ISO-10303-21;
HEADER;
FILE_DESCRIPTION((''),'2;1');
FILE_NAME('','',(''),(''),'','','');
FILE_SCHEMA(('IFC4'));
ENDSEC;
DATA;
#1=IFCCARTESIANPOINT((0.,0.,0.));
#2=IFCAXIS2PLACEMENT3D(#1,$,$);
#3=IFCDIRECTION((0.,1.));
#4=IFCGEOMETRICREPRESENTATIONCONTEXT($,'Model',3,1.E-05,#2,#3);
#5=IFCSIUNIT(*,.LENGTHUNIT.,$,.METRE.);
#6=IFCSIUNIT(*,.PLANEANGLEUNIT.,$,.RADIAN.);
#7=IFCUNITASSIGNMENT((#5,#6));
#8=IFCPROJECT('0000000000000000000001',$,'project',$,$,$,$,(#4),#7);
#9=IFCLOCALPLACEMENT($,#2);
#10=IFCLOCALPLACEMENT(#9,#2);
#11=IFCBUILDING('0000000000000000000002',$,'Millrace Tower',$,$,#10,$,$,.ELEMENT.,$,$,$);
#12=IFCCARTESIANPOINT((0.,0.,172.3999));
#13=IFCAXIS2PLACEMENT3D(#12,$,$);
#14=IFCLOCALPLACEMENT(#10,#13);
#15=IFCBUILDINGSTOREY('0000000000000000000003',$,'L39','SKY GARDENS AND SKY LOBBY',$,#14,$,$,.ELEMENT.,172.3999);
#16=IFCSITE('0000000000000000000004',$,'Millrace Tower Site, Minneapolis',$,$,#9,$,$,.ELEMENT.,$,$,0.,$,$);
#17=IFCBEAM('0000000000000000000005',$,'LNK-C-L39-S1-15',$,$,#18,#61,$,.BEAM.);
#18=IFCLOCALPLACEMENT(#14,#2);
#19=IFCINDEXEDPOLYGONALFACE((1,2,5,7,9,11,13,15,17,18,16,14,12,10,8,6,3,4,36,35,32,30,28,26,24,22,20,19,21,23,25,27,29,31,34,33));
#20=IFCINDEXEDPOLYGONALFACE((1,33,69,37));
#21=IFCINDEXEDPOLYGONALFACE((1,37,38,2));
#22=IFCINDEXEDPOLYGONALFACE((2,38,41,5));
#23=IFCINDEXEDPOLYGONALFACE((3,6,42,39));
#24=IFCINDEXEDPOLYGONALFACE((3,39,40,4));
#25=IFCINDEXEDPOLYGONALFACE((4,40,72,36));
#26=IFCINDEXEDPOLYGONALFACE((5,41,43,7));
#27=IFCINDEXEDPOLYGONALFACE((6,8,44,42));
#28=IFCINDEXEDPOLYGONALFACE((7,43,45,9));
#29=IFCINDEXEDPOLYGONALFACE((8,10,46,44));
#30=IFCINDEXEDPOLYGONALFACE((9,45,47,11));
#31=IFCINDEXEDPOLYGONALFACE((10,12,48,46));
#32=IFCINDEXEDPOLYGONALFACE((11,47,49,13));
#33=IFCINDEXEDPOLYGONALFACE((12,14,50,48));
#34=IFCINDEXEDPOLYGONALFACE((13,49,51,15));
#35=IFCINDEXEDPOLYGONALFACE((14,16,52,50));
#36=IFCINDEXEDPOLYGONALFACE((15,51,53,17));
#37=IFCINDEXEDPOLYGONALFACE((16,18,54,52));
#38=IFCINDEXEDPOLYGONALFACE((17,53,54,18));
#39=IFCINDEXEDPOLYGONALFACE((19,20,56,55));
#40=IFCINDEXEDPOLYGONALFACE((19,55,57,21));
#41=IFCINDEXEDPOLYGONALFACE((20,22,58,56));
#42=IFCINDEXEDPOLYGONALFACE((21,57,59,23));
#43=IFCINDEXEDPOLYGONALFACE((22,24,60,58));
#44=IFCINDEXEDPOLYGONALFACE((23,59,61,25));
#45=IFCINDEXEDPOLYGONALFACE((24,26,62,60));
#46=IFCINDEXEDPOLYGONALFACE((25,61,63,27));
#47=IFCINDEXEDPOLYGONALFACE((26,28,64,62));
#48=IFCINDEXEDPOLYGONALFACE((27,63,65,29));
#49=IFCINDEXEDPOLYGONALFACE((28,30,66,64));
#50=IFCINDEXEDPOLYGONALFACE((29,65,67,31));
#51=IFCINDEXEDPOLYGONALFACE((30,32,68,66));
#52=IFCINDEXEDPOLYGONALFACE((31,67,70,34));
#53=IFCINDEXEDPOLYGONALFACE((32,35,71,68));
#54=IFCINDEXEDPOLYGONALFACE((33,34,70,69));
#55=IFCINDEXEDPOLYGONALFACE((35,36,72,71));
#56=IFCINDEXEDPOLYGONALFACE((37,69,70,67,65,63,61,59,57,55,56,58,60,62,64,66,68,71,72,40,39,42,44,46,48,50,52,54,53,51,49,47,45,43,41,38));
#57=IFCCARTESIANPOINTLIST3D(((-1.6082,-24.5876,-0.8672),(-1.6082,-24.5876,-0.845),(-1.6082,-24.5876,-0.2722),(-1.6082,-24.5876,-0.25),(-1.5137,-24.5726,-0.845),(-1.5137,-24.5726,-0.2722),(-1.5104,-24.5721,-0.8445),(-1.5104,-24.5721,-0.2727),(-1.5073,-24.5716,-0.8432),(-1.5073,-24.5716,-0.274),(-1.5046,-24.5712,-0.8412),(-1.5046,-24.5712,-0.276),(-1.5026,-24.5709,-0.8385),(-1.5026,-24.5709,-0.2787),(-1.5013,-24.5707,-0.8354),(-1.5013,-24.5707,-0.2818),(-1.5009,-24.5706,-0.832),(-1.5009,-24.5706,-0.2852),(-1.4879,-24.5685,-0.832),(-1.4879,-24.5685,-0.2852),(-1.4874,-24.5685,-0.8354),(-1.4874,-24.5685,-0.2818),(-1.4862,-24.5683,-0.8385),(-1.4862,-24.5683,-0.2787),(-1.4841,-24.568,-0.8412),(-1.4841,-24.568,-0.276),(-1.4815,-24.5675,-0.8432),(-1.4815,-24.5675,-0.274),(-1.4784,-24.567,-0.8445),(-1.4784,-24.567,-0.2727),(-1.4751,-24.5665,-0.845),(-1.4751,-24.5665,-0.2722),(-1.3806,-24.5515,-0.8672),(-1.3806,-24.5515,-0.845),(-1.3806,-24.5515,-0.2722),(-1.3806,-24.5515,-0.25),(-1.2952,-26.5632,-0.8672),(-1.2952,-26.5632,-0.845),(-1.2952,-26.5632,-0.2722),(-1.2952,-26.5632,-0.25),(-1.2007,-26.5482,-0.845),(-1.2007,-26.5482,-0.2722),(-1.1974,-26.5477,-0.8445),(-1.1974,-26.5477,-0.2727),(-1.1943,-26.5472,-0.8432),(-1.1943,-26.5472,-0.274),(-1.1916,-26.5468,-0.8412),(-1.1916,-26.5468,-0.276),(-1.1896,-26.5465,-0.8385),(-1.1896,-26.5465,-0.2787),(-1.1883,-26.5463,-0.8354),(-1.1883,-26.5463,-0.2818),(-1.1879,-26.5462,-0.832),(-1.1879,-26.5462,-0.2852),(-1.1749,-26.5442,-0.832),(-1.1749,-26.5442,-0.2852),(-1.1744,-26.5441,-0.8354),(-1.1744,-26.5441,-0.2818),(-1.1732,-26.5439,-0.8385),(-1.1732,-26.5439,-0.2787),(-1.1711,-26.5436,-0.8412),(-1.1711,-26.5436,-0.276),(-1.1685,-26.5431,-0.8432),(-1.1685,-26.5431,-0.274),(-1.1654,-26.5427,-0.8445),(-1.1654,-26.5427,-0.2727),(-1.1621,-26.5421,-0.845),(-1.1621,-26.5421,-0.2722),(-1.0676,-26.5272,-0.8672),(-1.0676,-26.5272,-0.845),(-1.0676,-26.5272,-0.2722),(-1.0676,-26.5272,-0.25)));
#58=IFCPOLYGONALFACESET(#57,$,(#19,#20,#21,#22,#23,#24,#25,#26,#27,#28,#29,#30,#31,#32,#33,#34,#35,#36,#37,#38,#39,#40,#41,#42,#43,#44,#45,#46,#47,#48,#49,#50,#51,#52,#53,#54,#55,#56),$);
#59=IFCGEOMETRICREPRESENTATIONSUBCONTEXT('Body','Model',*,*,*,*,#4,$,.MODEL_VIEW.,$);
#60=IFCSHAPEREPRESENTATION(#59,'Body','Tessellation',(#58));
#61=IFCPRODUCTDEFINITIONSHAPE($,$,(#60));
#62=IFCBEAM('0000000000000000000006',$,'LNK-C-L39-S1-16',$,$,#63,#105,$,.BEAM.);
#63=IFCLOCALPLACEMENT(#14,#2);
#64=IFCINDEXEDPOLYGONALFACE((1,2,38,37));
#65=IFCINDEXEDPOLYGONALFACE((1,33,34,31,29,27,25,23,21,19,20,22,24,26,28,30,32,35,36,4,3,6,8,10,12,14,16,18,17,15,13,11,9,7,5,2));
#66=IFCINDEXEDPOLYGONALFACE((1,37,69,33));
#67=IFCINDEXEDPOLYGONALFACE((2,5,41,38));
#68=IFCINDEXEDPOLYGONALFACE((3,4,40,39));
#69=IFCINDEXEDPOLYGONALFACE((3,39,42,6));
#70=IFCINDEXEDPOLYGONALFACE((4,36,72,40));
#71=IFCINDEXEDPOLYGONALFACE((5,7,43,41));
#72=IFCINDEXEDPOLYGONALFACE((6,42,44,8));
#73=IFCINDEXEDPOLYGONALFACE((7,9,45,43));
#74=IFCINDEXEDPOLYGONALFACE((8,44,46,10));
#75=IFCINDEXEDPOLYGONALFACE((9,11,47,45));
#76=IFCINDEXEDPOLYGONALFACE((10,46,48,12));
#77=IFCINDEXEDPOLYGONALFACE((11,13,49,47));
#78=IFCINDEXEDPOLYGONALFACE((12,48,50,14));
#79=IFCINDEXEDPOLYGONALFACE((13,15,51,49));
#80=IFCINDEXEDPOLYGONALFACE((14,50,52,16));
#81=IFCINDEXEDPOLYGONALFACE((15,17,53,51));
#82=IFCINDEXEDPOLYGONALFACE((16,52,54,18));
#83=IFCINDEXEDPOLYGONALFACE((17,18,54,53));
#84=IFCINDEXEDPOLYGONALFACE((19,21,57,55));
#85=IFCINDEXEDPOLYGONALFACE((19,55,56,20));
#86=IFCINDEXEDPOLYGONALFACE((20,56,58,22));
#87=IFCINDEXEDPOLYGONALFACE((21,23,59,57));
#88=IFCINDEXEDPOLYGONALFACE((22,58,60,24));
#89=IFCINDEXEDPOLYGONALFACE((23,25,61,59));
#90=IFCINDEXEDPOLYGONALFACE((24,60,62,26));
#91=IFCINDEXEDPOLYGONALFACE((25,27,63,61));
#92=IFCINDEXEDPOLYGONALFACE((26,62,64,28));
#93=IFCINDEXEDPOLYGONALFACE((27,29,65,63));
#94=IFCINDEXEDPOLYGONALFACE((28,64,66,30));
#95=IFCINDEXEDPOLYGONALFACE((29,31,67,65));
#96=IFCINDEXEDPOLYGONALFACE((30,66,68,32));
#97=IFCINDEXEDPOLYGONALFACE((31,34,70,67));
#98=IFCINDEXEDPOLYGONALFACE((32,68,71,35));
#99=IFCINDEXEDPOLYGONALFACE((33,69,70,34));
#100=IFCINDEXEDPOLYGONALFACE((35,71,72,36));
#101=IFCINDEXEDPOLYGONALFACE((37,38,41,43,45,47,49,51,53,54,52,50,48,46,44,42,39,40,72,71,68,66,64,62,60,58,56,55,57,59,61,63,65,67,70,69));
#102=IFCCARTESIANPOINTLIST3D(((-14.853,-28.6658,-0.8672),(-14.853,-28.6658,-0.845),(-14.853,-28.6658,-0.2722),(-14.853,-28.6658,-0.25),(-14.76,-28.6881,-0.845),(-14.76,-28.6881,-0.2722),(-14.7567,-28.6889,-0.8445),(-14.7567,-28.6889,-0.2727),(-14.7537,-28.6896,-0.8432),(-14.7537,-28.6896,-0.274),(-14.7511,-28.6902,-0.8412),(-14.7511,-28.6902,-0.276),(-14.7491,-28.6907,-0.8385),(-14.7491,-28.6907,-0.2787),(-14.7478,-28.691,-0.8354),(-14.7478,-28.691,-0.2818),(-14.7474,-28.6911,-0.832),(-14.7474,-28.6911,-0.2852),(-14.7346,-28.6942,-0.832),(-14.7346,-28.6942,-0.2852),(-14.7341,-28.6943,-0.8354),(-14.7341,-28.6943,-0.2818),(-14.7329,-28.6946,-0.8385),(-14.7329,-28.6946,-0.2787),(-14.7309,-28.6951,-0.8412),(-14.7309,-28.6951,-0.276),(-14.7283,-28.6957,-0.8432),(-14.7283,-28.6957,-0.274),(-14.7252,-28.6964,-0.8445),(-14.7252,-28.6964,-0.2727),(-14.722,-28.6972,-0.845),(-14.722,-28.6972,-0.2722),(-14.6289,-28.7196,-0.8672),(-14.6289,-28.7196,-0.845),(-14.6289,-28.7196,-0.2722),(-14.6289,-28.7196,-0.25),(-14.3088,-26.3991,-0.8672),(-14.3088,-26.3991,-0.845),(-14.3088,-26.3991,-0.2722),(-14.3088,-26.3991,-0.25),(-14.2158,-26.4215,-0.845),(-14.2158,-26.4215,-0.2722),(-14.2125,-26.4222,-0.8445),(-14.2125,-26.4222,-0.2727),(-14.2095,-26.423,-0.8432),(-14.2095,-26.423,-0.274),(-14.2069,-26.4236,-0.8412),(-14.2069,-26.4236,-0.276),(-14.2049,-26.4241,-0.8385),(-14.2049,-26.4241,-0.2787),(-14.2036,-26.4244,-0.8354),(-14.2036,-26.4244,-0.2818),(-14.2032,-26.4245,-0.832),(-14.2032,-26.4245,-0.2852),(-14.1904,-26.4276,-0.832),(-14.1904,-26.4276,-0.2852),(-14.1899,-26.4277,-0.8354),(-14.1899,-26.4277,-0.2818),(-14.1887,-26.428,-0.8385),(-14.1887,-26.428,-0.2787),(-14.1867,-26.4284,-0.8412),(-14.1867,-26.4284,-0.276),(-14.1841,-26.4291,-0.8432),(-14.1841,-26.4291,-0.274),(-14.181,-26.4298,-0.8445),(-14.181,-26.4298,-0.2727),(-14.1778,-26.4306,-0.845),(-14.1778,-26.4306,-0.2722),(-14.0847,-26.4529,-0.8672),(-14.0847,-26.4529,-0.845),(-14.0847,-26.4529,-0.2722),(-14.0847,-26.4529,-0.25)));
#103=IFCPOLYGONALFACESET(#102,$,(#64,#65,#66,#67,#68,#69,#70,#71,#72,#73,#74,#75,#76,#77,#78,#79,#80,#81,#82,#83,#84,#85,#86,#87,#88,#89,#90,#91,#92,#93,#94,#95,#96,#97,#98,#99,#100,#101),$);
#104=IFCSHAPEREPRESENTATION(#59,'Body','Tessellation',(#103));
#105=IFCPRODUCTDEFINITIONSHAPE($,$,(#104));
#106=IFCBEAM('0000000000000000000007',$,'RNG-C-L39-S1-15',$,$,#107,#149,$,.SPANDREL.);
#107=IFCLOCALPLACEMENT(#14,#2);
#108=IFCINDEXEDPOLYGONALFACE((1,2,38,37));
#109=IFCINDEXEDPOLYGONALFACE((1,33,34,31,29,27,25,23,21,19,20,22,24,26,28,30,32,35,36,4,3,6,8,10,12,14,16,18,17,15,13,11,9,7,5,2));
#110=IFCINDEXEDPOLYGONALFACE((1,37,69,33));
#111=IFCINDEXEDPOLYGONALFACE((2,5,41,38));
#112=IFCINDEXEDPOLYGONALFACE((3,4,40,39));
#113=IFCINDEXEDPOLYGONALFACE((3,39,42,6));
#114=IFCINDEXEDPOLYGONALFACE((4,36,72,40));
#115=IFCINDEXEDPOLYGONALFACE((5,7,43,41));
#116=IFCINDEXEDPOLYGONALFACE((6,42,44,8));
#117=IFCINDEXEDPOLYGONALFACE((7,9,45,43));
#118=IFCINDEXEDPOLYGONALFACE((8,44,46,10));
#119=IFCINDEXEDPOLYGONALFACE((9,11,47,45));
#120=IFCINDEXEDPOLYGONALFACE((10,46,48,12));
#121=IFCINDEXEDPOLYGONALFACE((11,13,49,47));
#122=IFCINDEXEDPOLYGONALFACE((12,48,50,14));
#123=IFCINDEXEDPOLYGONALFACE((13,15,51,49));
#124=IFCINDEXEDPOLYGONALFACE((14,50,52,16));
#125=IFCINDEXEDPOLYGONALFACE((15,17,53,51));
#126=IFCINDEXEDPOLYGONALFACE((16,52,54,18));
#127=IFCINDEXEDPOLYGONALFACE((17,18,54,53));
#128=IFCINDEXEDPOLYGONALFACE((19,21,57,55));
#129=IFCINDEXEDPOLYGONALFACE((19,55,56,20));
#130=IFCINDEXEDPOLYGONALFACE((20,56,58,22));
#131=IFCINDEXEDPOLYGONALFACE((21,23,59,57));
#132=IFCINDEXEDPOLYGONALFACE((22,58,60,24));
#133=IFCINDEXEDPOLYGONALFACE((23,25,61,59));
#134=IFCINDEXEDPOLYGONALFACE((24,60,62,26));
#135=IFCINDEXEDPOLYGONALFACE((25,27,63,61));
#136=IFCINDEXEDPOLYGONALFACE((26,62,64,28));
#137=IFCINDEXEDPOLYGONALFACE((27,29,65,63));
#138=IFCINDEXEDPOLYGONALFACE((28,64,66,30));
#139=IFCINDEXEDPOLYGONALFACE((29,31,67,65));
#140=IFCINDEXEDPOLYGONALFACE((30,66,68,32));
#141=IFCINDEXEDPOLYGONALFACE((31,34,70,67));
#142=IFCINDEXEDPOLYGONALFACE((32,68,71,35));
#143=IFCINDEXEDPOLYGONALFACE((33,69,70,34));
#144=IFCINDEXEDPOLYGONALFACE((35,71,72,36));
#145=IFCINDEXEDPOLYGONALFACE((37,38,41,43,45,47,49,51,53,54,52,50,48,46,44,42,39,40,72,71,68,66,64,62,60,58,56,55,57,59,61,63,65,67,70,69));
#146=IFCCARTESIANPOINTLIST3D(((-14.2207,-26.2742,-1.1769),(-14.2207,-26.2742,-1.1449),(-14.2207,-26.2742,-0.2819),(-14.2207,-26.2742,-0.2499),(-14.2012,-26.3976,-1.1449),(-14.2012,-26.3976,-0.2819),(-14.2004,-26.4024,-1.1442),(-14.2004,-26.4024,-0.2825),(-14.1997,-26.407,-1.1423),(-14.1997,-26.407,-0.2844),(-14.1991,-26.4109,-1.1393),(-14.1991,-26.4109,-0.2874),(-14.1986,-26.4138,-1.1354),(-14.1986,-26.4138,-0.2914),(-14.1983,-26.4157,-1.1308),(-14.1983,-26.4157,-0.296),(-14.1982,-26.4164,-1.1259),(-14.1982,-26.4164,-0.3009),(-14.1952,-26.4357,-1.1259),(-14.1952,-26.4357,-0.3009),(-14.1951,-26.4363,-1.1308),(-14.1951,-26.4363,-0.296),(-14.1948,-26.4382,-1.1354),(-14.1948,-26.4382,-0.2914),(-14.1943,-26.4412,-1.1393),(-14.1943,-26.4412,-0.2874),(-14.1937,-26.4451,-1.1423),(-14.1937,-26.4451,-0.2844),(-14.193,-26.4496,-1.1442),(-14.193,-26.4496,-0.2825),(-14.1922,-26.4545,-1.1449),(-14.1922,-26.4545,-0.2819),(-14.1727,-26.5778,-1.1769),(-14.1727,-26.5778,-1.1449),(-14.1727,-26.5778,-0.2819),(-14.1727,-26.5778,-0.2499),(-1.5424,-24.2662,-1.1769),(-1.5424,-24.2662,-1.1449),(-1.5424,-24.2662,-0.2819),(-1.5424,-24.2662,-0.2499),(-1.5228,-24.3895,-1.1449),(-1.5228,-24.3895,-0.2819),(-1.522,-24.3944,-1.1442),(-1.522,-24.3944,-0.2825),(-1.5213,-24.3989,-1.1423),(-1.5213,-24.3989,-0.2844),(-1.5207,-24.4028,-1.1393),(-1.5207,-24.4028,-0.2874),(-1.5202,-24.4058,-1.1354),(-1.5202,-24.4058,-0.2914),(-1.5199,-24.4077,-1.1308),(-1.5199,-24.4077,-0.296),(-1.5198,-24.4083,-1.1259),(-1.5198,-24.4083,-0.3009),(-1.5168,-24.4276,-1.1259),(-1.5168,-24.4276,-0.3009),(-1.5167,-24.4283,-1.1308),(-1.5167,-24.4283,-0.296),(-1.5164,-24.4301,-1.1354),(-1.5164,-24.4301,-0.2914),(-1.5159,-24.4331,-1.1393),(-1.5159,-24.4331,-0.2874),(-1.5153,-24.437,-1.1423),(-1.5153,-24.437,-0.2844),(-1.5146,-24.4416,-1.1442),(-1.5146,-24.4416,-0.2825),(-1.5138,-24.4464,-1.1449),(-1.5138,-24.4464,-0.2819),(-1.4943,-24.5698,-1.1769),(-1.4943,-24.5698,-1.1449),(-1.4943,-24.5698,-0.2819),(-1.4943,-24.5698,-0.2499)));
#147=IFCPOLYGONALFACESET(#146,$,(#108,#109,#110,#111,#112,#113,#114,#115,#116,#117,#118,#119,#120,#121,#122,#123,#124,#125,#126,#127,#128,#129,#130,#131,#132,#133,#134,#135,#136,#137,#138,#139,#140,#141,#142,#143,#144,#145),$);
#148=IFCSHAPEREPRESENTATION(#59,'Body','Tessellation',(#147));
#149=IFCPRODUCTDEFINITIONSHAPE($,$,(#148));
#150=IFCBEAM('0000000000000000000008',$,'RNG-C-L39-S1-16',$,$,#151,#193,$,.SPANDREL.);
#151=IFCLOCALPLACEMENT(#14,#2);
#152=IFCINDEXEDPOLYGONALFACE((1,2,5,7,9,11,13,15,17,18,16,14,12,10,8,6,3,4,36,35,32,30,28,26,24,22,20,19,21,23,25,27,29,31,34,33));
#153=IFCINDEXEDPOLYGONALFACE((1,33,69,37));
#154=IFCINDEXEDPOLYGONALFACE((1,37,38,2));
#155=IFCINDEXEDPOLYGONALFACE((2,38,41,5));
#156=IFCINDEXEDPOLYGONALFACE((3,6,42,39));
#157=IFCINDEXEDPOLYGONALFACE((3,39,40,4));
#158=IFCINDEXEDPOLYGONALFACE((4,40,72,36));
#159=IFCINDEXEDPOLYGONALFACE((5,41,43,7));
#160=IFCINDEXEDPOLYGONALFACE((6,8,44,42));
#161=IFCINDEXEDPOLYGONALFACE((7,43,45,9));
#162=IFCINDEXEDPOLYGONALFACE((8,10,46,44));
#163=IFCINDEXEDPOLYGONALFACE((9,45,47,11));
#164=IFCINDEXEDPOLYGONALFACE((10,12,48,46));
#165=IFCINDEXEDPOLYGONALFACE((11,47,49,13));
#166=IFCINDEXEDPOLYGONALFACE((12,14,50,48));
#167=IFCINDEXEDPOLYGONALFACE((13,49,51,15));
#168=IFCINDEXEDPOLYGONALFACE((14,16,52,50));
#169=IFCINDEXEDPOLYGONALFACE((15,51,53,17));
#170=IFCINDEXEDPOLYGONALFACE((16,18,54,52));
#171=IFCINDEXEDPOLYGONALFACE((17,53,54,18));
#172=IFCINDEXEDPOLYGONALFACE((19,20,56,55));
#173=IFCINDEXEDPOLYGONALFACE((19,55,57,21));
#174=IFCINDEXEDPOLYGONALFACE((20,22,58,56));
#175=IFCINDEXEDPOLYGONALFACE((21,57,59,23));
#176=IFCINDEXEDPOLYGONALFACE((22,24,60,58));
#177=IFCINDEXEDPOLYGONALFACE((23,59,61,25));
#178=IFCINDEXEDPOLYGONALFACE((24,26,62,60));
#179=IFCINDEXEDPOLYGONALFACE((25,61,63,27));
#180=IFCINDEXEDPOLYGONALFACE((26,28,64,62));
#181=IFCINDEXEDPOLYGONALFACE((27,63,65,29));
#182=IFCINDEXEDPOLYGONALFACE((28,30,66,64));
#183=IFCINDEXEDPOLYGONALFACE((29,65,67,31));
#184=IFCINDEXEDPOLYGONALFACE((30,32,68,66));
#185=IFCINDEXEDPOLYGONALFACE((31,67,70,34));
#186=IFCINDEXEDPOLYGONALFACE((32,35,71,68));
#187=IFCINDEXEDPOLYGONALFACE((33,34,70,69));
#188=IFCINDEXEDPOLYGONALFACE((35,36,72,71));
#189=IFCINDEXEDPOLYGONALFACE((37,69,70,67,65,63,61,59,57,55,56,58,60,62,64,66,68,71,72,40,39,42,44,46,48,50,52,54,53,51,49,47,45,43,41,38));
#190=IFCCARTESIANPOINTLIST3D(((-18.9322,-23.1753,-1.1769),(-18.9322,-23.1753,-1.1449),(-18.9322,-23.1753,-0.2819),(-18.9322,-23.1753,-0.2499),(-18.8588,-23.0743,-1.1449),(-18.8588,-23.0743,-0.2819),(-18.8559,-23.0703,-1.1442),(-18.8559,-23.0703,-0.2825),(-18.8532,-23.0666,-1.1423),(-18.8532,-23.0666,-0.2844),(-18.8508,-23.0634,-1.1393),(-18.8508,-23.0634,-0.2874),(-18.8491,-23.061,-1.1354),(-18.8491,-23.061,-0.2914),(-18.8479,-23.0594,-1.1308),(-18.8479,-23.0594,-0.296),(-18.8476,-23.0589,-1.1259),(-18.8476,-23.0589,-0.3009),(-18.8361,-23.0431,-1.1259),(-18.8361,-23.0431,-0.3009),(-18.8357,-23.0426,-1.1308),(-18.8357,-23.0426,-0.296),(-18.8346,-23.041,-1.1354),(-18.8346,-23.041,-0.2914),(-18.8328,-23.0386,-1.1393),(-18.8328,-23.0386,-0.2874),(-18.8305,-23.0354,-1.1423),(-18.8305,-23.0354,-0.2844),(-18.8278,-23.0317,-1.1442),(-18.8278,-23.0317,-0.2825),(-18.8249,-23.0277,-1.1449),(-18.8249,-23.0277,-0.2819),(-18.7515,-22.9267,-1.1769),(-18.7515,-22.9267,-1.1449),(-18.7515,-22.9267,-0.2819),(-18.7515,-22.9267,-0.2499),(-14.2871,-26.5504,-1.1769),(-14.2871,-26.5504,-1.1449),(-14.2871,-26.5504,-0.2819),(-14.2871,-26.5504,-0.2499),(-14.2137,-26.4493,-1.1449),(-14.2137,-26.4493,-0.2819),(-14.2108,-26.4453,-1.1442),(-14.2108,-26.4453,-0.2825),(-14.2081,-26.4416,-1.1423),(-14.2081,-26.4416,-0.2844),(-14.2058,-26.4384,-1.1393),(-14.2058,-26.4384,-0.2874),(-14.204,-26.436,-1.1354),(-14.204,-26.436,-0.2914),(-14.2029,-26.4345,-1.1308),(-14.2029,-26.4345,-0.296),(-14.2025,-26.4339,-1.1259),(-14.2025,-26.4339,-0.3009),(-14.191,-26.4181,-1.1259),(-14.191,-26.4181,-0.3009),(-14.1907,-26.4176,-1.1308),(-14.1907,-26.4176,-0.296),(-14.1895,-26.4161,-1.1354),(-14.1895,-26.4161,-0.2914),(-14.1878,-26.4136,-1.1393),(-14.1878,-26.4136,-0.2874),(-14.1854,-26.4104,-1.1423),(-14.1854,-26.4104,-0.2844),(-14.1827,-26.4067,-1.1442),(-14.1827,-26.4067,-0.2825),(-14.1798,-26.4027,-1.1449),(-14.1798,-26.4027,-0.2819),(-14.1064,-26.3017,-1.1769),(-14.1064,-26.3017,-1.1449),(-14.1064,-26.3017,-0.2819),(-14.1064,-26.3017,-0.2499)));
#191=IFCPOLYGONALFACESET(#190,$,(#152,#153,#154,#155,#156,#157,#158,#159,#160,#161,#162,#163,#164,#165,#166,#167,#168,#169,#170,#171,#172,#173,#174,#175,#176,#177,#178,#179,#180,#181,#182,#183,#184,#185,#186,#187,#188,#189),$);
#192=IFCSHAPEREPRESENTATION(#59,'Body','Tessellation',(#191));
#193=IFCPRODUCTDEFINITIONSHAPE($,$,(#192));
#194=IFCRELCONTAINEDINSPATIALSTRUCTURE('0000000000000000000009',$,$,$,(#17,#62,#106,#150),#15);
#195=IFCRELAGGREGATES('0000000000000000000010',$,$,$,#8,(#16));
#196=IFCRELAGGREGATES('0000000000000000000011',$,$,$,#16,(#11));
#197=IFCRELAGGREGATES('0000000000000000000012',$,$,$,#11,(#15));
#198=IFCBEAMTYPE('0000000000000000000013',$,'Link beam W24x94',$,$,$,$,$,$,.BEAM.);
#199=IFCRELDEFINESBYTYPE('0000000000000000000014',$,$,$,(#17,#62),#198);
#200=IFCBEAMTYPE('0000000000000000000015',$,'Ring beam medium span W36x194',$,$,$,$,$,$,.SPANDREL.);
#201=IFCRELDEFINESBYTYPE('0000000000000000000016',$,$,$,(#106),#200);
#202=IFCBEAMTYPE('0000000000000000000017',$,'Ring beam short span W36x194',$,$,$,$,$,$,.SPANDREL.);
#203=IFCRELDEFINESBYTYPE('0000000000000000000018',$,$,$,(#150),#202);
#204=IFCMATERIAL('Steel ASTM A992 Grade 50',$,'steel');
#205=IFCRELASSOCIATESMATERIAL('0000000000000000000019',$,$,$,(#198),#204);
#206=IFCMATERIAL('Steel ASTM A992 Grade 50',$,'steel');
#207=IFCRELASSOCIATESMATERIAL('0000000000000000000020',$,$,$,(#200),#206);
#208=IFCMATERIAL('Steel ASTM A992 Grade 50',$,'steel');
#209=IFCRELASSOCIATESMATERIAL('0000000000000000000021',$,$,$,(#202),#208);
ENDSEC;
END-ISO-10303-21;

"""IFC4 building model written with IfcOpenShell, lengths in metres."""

from ifc_helpers import new_model, si_unit, direction, frame, origin, origin_2d, place, context, subcontext, project, spatial, i_section, extrude, material, material_profile, profile_set, type_object, element, save


model = new_model("IFC4")

# Units and contexts
model_context = context("Model", 3, precision=1e-05, world=origin(), true_north=direction((0.0, 1.0)))
body_context = subcontext(model_context, "Body", "Model", "MODEL_VIEW")
ifc_project = project(units=[si_unit("LENGTHUNIT", "METRE"), si_unit("PLANEANGLEUNIT", "RADIAN")], contexts=[model_context])

# Site, building, storey
site_placement = place(None, origin())
site = spatial("IfcSite", under=ifc_project, at=site_placement, Name="Millrace Tower Site, Minneapolis", CompositionType="ELEMENT", RefElevation=0.0)
building_placement = place(site_placement, origin())
building = spatial("IfcBuilding", under=site, at=building_placement, Name="Millrace Tower", CompositionType="ELEMENT")
storey_placement = place(building_placement, frame((0.0, 0.0, 172.3999)))
storey = spatial("IfcBuildingStorey", under=building, at=storey_placement, Name="L39", Description="SKY GARDENS AND SKY LOBBY", CompositionType="ELEMENT", Elevation=172.3999)

# Beams
ifc_material_1 = material(Name="Steel ASTM A992 Grade 50", Category="steel")
ifc_material_profile_1 = material_profile(ifc_material_1, i_section(OverallWidth=0.2305, OverallDepth=0.6172, WebThickness=0.0132, FlangeThickness=0.0222, FilletRadius=0.0129, at=origin_2d()))
ifc_profile_set_1 = profile_set([ifc_material_profile_1], Name="Steel ASTM A992 Grade 50")
beam_type_1 = type_object("IfcBeamType", Name="Link beam W24x94", PredefinedType="BEAM", material=ifc_profile_set_1)
beam_1_placement = place(storey_placement, frame((-1.4944, -24.5696, -0.5586), z_axis=(0.156477, -0.987682, 0.0), x_axis=(0.987682, 0.156477, 0.0)))
element("IfcBeam", 1, at=beam_1_placement, inside=storey, type_object=beam_type_1, Name="LNK-C-L39-S1-15", PredefinedType="BEAM", context=body_context, shape_type="SweptSolid", body=[
    extrude(i_section(OverallWidth=0.2305, OverallDepth=0.6172, WebThickness=0.0132, FlangeThickness=0.0222, FilletRadius=0.0129, at=origin_2d()), origin(), (0.0, 0.0, 1.0), 2.0002),
])
beam_2_placement = place(storey_placement, frame((-14.1968, -26.426, -0.5586), z_axis=(-0.233456, -0.972367, 0.0), x_axis=(0.972367, -0.233456, 0.0)))
element("IfcBeam", 2, at=beam_2_placement, inside=storey, type_object=beam_type_1, Name="LNK-C-L39-S1-16", PredefinedType="BEAM", context=body_context, shape_type="SweptSolid", body=[
    extrude(i_section(OverallWidth=0.2305, OverallDepth=0.6172, WebThickness=0.0132, FlangeThickness=0.0222, FilletRadius=0.0129, at=origin_2d()), origin(), (0.0, 0.0, 1.0), 2.3311),
])
ifc_material_2 = material(Name="Steel ASTM A992 Grade 50", Category="steel")
ifc_material_profile_2 = material_profile(ifc_material_2, i_section(OverallWidth=0.3074, OverallDepth=0.927, WebThickness=0.0195, FlangeThickness=0.032, FilletRadius=0.019, at=origin_2d()))
ifc_profile_set_2 = profile_set([ifc_material_profile_2], Name="Steel ASTM A992 Grade 50")
beam_type_2 = type_object("IfcBeamType", Name="Ring beam medium span W36x194", PredefinedType="SPANDREL", material=ifc_profile_set_2)
beam_3_placement = place(storey_placement, frame((-1.5183, -24.418, -0.7134), z_axis=(-0.987689, -0.156433, 0.0), x_axis=(0.156433, -0.987689, 0.0)))
element("IfcBeam", 3, at=beam_3_placement, inside=storey, type_object=beam_type_2, Name="RNG-C-L39-S1-15", PredefinedType="SPANDREL", context=body_context, shape_type="SweptSolid", body=[
    extrude(i_section(OverallWidth=0.3074, OverallDepth=0.927, WebThickness=0.0195, FlangeThickness=0.032, FilletRadius=0.019, at=origin_2d()), origin(), (0.0, 0.0, 1.0), 12.8364),
])
ifc_material_3 = material(Name="Steel ASTM A992 Grade 50", Category="steel")
ifc_material_profile_3 = material_profile(ifc_material_3, i_section(OverallWidth=0.3074, OverallDepth=0.927, WebThickness=0.0195, FlangeThickness=0.032, FilletRadius=0.019, at=origin_2d()))
ifc_profile_set_3 = profile_set([ifc_material_profile_3], Name="Steel ASTM A992 Grade 50")
beam_type_3 = type_object("IfcBeamType", Name="Ring beam short span W36x194", PredefinedType="SPANDREL", material=ifc_profile_set_3)
beam_4_placement = place(storey_placement, frame((-14.1968, -26.426, -0.7134), z_axis=(-0.809001, 0.587808, 0.0), x_axis=(-0.587808, -0.809001, 0.0)))
element("IfcBeam", 4, at=beam_4_placement, inside=storey, type_object=beam_type_3, Name="RNG-C-L39-S1-16", PredefinedType="SPANDREL", context=body_context, shape_type="SweptSolid", body=[
    extrude(i_section(OverallWidth=0.3074, OverallDepth=0.927, WebThickness=0.0195, FlangeThickness=0.032, FilletRadius=0.019, at=origin_2d()), origin(), (0.0, 0.0, 1.0), 5.7417),
])

save(model, "model.ifc")
